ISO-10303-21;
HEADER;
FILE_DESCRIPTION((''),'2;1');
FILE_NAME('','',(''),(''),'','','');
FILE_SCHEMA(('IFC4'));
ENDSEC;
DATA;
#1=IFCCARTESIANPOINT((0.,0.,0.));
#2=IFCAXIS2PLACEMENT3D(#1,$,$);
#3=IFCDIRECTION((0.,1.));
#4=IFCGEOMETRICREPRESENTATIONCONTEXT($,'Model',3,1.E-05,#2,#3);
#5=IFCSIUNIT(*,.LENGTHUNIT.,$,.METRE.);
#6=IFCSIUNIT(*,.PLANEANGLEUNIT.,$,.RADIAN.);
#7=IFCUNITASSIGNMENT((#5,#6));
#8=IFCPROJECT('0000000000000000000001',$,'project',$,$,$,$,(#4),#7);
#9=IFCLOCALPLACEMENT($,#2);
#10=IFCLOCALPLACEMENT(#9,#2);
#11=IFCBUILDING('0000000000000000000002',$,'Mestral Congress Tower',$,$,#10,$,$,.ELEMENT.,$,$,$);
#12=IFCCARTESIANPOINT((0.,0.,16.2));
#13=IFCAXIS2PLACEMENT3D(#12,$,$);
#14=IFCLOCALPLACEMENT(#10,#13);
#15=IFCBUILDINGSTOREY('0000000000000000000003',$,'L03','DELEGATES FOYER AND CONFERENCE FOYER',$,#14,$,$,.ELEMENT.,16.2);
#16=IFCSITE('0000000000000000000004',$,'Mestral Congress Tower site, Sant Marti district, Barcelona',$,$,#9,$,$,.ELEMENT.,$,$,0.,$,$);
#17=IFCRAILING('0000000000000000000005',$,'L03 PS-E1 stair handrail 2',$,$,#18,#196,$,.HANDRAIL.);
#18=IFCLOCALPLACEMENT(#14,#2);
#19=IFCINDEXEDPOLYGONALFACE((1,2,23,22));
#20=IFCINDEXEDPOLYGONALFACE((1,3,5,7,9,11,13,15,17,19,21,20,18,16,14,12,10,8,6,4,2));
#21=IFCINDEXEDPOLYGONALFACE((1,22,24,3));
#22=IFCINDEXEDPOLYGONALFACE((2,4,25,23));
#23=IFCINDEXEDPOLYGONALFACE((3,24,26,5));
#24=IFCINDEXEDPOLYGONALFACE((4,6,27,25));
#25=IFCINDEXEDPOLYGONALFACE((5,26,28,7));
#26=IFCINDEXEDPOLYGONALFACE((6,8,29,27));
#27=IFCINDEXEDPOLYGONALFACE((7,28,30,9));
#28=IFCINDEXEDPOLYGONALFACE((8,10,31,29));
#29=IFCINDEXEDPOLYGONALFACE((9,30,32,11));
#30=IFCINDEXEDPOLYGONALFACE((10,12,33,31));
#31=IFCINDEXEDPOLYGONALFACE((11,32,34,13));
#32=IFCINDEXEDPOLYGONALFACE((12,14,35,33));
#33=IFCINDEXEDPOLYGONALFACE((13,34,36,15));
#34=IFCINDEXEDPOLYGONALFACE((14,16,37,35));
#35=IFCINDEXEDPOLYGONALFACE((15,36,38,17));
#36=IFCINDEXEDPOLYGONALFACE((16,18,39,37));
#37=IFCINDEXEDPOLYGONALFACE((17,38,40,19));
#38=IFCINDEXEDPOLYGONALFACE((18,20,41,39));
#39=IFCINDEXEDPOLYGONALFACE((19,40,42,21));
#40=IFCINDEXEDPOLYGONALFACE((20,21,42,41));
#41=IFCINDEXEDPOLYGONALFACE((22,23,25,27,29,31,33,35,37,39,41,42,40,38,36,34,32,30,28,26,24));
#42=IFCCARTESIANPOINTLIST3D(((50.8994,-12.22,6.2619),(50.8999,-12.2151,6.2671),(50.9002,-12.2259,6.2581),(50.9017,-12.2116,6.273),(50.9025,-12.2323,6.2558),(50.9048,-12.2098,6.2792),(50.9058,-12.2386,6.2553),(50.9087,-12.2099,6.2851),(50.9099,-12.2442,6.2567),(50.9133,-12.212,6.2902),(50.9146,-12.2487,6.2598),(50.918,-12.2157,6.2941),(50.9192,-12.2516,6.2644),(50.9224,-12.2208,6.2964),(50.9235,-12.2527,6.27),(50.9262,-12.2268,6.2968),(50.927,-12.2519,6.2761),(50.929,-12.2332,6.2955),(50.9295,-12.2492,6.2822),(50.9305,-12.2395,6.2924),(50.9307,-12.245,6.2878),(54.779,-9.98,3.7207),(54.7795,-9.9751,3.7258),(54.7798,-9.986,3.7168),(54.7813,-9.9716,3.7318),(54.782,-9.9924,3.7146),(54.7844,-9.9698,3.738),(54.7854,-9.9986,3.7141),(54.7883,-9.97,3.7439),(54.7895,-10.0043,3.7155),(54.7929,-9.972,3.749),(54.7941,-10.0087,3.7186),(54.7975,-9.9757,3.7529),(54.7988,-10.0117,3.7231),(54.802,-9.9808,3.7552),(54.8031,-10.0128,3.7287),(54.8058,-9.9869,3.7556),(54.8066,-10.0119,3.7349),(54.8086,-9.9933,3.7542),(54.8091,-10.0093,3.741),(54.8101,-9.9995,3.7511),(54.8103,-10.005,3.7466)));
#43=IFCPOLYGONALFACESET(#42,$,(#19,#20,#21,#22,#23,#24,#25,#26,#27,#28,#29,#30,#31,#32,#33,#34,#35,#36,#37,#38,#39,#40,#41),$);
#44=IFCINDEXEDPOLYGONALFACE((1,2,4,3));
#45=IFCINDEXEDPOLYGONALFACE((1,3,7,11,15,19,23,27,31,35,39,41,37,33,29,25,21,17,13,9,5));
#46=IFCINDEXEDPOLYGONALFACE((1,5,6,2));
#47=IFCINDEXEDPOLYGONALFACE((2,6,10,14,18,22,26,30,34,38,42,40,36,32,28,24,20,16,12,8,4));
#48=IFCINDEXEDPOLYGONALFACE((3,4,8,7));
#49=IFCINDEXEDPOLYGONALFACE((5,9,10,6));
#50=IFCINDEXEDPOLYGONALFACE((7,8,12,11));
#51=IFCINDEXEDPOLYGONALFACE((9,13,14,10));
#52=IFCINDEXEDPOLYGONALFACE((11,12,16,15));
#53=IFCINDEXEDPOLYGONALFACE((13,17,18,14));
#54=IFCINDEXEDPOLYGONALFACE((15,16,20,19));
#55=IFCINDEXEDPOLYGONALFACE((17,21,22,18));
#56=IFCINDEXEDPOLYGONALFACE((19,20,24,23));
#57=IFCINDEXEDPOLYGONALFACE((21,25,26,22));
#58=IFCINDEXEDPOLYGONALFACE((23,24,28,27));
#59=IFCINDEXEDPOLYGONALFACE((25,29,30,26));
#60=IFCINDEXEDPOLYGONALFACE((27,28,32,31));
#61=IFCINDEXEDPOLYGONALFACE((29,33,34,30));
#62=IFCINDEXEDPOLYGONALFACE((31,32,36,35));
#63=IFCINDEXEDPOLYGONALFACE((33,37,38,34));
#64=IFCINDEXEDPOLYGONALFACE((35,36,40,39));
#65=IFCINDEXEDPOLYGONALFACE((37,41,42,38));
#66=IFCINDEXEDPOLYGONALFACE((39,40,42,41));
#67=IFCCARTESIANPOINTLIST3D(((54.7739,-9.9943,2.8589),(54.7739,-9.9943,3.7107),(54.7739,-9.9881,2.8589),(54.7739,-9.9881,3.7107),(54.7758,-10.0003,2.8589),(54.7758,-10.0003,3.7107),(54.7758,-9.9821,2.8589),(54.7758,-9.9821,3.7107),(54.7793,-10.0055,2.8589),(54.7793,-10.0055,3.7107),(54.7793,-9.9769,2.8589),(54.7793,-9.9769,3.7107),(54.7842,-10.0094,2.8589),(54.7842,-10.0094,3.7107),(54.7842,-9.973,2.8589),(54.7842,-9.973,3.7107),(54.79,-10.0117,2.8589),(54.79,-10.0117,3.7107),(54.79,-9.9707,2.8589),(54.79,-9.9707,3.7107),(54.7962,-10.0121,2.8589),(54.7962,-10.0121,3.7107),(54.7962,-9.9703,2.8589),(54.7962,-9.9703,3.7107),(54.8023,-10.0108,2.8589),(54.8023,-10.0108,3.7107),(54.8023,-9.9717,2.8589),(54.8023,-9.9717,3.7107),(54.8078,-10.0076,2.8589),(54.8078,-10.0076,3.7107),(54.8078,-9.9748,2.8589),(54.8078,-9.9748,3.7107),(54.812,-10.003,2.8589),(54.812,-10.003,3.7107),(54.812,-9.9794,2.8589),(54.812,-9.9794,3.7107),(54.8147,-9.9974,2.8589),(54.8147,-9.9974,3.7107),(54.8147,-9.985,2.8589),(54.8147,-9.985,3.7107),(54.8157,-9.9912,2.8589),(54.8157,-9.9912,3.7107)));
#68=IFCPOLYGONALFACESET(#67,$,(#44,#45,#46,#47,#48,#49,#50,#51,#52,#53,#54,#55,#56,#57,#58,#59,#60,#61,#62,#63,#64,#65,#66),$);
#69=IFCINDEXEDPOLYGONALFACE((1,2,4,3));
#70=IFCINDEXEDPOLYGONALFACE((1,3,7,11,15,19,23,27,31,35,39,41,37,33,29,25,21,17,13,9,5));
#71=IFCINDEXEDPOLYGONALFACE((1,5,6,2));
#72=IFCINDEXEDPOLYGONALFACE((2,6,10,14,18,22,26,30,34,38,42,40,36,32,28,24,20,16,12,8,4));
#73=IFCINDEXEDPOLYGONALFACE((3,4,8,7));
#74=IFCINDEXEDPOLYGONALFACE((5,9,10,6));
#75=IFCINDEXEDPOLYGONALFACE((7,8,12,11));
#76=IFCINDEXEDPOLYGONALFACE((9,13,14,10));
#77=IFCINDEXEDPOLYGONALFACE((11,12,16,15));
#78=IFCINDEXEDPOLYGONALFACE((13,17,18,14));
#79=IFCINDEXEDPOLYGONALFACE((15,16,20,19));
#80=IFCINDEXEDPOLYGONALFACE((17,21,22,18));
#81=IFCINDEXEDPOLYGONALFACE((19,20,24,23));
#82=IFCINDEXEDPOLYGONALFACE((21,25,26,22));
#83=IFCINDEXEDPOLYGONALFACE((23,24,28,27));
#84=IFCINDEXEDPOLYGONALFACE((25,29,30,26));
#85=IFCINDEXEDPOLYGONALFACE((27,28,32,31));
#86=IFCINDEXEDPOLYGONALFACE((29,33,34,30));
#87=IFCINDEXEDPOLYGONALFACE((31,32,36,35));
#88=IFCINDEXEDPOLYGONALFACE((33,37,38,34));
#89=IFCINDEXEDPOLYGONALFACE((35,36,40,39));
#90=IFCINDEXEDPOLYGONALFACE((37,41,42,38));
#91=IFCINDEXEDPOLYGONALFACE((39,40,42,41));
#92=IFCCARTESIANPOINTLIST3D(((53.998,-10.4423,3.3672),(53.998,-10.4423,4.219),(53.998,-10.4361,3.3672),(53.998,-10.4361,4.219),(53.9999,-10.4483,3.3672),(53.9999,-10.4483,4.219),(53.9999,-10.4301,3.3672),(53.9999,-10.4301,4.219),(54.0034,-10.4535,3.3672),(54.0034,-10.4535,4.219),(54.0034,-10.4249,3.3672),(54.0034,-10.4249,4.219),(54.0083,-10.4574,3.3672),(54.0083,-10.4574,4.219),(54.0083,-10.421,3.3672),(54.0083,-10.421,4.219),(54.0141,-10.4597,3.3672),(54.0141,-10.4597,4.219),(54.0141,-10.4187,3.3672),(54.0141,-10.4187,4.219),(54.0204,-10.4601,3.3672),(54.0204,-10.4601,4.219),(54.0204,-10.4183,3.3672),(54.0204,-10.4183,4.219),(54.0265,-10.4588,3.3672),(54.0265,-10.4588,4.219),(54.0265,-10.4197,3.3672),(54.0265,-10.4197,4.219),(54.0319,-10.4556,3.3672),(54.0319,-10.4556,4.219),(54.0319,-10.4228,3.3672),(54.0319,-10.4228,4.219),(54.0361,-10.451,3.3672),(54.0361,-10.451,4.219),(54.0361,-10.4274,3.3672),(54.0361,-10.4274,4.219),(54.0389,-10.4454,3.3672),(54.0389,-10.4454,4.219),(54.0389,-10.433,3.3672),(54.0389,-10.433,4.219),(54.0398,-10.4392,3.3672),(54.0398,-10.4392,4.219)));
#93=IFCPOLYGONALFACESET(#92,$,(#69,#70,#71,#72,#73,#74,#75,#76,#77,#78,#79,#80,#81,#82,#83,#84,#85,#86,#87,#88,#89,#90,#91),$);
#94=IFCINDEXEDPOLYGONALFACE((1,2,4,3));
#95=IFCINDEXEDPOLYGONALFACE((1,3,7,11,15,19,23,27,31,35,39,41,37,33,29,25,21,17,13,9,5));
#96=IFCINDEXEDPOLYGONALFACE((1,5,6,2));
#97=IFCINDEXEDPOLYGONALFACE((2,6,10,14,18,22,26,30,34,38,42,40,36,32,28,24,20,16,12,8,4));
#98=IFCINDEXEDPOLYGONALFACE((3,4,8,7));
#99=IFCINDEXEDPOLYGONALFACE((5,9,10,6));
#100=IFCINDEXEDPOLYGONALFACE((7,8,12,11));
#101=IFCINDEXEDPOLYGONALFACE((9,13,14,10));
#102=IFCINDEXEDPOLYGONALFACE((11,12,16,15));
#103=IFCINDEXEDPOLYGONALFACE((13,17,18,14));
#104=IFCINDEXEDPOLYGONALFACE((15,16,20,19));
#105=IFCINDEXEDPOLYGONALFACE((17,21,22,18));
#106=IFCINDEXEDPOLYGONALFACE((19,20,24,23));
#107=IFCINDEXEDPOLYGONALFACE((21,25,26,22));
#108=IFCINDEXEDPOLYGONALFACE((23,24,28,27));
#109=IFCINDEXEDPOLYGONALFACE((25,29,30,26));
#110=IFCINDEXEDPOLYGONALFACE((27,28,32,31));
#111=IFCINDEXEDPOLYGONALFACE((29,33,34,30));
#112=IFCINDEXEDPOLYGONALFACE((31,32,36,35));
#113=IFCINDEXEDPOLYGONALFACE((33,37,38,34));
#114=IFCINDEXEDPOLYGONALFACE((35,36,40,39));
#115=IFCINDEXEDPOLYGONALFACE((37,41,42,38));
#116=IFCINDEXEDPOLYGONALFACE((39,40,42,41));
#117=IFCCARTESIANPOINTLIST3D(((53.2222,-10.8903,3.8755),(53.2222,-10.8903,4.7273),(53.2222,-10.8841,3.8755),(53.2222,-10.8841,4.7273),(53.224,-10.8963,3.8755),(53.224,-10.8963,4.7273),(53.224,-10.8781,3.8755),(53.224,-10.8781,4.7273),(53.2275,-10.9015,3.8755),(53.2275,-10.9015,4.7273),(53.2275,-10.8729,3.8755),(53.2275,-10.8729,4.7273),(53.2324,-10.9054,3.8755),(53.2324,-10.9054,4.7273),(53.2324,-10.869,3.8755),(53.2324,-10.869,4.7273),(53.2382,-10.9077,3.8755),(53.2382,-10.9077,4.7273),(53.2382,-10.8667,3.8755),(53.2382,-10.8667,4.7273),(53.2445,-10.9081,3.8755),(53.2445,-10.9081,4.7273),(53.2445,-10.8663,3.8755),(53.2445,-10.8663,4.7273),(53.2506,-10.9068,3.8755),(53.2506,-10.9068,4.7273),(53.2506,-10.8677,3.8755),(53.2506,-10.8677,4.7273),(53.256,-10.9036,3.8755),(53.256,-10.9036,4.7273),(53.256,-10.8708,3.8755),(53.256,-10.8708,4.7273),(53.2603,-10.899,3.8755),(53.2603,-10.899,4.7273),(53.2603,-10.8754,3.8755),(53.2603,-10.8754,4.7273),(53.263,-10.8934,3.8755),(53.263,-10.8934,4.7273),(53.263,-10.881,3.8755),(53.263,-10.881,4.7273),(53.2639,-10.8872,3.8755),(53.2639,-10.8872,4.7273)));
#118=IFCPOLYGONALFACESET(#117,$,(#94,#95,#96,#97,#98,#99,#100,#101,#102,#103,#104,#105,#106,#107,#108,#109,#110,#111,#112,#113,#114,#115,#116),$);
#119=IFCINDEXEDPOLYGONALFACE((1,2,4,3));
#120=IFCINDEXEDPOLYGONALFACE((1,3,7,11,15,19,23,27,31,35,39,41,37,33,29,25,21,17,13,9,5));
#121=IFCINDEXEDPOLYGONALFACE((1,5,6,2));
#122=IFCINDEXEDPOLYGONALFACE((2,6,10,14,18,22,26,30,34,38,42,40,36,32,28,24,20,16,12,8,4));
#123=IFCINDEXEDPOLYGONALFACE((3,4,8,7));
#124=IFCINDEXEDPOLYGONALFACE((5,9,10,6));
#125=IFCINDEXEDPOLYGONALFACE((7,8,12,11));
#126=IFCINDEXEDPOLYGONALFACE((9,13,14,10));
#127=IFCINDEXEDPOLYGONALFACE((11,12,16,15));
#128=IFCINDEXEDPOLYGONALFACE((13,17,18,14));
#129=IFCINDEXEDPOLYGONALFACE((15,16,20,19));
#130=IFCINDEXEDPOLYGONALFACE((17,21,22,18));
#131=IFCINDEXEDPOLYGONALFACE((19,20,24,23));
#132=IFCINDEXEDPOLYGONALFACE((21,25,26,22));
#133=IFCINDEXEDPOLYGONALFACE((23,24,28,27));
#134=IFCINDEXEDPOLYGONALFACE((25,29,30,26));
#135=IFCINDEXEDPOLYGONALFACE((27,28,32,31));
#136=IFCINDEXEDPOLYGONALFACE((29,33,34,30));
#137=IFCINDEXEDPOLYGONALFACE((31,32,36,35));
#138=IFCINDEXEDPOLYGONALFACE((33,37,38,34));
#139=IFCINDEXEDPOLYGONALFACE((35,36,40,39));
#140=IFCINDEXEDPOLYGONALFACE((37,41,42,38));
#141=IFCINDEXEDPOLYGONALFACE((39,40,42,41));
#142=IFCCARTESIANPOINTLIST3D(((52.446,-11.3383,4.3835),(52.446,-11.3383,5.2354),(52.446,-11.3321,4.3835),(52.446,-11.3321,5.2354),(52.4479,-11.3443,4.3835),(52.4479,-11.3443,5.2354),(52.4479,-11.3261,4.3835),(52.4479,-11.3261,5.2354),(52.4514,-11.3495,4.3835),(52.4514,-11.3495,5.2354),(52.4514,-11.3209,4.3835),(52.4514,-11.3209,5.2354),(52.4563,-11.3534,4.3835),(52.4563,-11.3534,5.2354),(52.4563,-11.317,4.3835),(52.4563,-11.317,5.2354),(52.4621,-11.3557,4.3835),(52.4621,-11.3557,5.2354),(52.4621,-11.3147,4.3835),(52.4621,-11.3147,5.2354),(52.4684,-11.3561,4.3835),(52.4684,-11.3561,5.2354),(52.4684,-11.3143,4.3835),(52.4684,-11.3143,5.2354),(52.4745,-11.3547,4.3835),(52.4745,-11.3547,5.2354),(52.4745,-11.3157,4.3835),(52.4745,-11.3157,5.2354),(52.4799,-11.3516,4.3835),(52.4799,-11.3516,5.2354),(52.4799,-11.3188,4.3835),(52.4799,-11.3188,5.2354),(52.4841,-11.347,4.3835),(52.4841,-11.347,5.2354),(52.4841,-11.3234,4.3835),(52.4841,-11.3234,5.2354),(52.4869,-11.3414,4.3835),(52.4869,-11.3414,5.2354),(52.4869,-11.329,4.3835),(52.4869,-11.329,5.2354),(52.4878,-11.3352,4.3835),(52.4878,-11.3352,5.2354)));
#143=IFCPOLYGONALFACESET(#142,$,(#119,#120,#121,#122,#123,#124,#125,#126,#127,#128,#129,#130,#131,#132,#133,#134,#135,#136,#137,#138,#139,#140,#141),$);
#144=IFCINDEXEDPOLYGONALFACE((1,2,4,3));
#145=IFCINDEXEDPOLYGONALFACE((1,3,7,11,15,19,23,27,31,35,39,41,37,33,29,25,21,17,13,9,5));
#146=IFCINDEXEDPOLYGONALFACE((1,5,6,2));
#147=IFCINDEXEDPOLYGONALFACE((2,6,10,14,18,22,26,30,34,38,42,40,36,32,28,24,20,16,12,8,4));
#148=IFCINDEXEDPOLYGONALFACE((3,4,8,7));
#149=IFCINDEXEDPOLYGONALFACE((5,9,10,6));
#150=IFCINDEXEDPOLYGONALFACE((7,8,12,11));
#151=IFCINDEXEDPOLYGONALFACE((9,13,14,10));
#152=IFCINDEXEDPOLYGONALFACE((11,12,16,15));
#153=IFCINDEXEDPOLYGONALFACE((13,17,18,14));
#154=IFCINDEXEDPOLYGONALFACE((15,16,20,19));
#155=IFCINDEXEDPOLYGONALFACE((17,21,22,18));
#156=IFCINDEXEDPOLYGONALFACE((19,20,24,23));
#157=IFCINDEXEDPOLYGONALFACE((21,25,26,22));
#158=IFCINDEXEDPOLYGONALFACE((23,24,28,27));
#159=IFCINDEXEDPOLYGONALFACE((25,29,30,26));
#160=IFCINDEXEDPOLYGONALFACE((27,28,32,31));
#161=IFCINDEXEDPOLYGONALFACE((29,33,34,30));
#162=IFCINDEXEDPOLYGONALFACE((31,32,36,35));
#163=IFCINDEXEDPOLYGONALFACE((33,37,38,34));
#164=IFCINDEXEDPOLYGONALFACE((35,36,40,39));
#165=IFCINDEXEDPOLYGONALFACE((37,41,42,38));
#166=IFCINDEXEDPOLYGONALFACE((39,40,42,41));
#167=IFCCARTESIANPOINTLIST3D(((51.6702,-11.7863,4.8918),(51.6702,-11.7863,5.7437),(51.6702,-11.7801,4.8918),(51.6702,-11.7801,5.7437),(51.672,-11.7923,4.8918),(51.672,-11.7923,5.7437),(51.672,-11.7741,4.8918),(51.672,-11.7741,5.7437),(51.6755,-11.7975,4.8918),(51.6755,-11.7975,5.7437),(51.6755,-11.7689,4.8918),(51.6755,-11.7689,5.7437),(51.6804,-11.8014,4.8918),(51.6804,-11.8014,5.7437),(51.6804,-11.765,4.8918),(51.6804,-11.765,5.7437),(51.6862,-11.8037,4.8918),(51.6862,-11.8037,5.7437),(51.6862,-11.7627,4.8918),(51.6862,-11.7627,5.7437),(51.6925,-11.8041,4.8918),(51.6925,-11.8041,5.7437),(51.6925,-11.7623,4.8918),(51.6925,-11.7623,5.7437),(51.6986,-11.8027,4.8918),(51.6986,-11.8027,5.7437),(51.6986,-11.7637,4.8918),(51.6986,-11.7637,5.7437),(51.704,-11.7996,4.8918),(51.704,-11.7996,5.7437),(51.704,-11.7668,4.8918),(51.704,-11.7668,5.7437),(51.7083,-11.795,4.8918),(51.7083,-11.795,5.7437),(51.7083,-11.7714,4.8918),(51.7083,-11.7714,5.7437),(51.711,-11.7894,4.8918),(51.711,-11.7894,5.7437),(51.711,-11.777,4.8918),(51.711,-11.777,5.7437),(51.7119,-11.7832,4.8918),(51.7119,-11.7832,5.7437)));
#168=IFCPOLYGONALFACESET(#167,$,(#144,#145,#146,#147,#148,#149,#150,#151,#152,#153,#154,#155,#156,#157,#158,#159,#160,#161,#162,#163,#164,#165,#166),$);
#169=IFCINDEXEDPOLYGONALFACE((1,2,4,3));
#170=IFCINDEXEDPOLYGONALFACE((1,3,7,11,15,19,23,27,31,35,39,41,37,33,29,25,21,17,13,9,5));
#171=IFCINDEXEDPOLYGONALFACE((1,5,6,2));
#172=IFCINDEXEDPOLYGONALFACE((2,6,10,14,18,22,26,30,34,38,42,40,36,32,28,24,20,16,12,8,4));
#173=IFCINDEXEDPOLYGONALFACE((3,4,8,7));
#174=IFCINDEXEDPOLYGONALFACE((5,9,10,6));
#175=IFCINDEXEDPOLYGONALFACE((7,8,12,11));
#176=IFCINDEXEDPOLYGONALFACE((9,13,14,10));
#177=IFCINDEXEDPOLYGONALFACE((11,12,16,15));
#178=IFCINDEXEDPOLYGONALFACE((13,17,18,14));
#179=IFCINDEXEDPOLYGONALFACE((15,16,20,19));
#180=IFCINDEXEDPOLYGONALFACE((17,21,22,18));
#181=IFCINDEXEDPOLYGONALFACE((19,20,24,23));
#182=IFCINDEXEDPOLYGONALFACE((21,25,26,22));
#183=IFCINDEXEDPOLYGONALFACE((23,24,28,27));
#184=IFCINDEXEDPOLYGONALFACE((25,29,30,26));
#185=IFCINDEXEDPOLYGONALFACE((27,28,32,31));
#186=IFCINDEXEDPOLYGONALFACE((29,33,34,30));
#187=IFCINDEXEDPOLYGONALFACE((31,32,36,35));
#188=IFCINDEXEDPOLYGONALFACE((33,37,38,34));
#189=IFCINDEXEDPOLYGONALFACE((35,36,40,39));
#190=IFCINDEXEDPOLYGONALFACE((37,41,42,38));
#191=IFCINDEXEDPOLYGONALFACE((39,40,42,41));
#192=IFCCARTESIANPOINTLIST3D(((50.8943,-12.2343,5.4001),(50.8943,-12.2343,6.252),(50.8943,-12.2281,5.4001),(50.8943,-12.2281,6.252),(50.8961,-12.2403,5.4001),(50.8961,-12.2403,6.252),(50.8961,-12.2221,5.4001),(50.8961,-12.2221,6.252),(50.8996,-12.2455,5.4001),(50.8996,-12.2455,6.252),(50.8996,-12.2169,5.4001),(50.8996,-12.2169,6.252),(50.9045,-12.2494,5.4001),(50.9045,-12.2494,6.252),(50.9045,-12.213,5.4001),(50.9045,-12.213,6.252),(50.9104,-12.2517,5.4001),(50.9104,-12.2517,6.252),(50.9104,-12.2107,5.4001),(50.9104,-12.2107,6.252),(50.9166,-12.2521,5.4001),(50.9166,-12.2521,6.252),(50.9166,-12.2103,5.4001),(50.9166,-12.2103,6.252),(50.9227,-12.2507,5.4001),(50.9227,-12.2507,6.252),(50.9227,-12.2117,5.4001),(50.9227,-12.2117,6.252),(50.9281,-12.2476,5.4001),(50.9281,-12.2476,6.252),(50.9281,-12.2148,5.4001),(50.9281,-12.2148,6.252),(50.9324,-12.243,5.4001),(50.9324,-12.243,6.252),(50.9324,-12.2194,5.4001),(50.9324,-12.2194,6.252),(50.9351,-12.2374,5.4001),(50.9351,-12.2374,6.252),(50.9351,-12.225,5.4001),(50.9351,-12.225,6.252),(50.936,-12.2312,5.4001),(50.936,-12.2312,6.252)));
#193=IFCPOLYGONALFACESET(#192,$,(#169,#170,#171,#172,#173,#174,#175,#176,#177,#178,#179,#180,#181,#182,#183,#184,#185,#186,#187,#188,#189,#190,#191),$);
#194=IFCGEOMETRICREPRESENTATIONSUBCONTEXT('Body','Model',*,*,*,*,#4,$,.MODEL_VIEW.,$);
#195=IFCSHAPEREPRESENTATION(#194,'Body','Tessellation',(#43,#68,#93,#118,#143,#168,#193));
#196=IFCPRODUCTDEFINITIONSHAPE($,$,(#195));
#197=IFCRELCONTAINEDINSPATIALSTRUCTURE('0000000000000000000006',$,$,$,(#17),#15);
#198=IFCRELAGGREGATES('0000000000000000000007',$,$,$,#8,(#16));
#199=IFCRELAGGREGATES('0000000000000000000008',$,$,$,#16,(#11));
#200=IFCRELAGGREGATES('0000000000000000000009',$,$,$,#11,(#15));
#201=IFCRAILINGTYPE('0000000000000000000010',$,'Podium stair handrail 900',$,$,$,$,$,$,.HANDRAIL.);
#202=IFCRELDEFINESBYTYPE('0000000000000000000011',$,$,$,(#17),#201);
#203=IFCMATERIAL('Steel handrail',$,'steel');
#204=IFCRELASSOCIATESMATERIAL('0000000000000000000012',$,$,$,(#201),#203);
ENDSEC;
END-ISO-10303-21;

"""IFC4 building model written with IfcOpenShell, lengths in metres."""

from ifc_helpers import new_model, si_unit, direction, frame, origin, origin_2d, place, context, subcontext, project, spatial, circle, extrude, material, type_object, element, save


model = new_model("IFC4")

# Units and contexts
model_context = context("Model", 3, precision=1e-05, world=origin(), true_north=direction((0.0, 1.0)))
body_context = subcontext(model_context, "Body", "Model", "MODEL_VIEW")
ifc_project = project(units=[si_unit("LENGTHUNIT", "METRE"), si_unit("PLANEANGLEUNIT", "RADIAN")], contexts=[model_context])

# Site, building, storey
site_placement = place(None, origin())
site = spatial("IfcSite", under=ifc_project, at=site_placement, Name="Mestral Congress Tower site, Sant Marti district, Barcelona", CompositionType="ELEMENT", RefElevation=0.0)
building_placement = place(site_placement, origin())
building = spatial("IfcBuilding", under=site, at=building_placement, Name="Mestral Congress Tower", CompositionType="ELEMENT")
storey_placement = place(building_placement, frame((0.0, 0.0, 16.2)))
storey = spatial("IfcBuildingStorey", under=building, at=storey_placement, Name="L03", Description="DELEGATES FOYER AND CONFERENCE FOYER", CompositionType="ELEMENT", Elevation=16.2)

# Railing
ifc_material_1 = material(Name="Steel handrail", Category="steel")
railing_type_1 = type_object("IfcRailingType", Name="Podium stair handrail 900", PredefinedType="HANDRAIL", material=ifc_material_1)
railing_1_placement = place(storey_placement, frame((54.7947, -9.9912, 2.8589)))
element("IfcRailing", 1, at=railing_1_placement, inside=storey, type_object=railing_type_1, Name="L03 PS-E1 stair handrail 2", PredefinedType="HANDRAIL", context=body_context, shape_type="SweptSolid", body=[
    extrude(circle(Radius=0.0239, at=origin_2d()), frame((0.0, 0.0, 0.876), z_axis=(-0.753262, -0.434911, 0.493405), x_axis=(0.500013, -0.866018, 0.0)), (0.0, 0.0, 1.0), 5.1504),
    extrude(circle(Radius=0.021, at=origin_2d()), origin(), (0.0, 0.0, 1.0), 0.8518),
    extrude(circle(Radius=0.021, at=origin_2d()), frame((-0.7759, -0.448, 0.5083)), (0.0, 0.0, 1.0), 0.8518),
    extrude(circle(Radius=0.021, at=origin_2d()), frame((-1.5518, -0.896, 1.0166)), (0.0, 0.0, 1.0), 0.8518),
    extrude(circle(Radius=0.021, at=origin_2d()), frame((-2.3279, -1.344, 1.5247)), (0.0, 0.0, 1.0), 0.8518),
    extrude(circle(Radius=0.021, at=origin_2d()), frame((-3.1038, -1.792, 2.033)), (0.0, 0.0, 1.0), 0.8518),
    extrude(circle(Radius=0.021, at=origin_2d()), frame((-3.8796, -2.24, 2.5413)), (0.0, 0.0, 1.0), 0.8518),
])

save(model, "model.ifc")
